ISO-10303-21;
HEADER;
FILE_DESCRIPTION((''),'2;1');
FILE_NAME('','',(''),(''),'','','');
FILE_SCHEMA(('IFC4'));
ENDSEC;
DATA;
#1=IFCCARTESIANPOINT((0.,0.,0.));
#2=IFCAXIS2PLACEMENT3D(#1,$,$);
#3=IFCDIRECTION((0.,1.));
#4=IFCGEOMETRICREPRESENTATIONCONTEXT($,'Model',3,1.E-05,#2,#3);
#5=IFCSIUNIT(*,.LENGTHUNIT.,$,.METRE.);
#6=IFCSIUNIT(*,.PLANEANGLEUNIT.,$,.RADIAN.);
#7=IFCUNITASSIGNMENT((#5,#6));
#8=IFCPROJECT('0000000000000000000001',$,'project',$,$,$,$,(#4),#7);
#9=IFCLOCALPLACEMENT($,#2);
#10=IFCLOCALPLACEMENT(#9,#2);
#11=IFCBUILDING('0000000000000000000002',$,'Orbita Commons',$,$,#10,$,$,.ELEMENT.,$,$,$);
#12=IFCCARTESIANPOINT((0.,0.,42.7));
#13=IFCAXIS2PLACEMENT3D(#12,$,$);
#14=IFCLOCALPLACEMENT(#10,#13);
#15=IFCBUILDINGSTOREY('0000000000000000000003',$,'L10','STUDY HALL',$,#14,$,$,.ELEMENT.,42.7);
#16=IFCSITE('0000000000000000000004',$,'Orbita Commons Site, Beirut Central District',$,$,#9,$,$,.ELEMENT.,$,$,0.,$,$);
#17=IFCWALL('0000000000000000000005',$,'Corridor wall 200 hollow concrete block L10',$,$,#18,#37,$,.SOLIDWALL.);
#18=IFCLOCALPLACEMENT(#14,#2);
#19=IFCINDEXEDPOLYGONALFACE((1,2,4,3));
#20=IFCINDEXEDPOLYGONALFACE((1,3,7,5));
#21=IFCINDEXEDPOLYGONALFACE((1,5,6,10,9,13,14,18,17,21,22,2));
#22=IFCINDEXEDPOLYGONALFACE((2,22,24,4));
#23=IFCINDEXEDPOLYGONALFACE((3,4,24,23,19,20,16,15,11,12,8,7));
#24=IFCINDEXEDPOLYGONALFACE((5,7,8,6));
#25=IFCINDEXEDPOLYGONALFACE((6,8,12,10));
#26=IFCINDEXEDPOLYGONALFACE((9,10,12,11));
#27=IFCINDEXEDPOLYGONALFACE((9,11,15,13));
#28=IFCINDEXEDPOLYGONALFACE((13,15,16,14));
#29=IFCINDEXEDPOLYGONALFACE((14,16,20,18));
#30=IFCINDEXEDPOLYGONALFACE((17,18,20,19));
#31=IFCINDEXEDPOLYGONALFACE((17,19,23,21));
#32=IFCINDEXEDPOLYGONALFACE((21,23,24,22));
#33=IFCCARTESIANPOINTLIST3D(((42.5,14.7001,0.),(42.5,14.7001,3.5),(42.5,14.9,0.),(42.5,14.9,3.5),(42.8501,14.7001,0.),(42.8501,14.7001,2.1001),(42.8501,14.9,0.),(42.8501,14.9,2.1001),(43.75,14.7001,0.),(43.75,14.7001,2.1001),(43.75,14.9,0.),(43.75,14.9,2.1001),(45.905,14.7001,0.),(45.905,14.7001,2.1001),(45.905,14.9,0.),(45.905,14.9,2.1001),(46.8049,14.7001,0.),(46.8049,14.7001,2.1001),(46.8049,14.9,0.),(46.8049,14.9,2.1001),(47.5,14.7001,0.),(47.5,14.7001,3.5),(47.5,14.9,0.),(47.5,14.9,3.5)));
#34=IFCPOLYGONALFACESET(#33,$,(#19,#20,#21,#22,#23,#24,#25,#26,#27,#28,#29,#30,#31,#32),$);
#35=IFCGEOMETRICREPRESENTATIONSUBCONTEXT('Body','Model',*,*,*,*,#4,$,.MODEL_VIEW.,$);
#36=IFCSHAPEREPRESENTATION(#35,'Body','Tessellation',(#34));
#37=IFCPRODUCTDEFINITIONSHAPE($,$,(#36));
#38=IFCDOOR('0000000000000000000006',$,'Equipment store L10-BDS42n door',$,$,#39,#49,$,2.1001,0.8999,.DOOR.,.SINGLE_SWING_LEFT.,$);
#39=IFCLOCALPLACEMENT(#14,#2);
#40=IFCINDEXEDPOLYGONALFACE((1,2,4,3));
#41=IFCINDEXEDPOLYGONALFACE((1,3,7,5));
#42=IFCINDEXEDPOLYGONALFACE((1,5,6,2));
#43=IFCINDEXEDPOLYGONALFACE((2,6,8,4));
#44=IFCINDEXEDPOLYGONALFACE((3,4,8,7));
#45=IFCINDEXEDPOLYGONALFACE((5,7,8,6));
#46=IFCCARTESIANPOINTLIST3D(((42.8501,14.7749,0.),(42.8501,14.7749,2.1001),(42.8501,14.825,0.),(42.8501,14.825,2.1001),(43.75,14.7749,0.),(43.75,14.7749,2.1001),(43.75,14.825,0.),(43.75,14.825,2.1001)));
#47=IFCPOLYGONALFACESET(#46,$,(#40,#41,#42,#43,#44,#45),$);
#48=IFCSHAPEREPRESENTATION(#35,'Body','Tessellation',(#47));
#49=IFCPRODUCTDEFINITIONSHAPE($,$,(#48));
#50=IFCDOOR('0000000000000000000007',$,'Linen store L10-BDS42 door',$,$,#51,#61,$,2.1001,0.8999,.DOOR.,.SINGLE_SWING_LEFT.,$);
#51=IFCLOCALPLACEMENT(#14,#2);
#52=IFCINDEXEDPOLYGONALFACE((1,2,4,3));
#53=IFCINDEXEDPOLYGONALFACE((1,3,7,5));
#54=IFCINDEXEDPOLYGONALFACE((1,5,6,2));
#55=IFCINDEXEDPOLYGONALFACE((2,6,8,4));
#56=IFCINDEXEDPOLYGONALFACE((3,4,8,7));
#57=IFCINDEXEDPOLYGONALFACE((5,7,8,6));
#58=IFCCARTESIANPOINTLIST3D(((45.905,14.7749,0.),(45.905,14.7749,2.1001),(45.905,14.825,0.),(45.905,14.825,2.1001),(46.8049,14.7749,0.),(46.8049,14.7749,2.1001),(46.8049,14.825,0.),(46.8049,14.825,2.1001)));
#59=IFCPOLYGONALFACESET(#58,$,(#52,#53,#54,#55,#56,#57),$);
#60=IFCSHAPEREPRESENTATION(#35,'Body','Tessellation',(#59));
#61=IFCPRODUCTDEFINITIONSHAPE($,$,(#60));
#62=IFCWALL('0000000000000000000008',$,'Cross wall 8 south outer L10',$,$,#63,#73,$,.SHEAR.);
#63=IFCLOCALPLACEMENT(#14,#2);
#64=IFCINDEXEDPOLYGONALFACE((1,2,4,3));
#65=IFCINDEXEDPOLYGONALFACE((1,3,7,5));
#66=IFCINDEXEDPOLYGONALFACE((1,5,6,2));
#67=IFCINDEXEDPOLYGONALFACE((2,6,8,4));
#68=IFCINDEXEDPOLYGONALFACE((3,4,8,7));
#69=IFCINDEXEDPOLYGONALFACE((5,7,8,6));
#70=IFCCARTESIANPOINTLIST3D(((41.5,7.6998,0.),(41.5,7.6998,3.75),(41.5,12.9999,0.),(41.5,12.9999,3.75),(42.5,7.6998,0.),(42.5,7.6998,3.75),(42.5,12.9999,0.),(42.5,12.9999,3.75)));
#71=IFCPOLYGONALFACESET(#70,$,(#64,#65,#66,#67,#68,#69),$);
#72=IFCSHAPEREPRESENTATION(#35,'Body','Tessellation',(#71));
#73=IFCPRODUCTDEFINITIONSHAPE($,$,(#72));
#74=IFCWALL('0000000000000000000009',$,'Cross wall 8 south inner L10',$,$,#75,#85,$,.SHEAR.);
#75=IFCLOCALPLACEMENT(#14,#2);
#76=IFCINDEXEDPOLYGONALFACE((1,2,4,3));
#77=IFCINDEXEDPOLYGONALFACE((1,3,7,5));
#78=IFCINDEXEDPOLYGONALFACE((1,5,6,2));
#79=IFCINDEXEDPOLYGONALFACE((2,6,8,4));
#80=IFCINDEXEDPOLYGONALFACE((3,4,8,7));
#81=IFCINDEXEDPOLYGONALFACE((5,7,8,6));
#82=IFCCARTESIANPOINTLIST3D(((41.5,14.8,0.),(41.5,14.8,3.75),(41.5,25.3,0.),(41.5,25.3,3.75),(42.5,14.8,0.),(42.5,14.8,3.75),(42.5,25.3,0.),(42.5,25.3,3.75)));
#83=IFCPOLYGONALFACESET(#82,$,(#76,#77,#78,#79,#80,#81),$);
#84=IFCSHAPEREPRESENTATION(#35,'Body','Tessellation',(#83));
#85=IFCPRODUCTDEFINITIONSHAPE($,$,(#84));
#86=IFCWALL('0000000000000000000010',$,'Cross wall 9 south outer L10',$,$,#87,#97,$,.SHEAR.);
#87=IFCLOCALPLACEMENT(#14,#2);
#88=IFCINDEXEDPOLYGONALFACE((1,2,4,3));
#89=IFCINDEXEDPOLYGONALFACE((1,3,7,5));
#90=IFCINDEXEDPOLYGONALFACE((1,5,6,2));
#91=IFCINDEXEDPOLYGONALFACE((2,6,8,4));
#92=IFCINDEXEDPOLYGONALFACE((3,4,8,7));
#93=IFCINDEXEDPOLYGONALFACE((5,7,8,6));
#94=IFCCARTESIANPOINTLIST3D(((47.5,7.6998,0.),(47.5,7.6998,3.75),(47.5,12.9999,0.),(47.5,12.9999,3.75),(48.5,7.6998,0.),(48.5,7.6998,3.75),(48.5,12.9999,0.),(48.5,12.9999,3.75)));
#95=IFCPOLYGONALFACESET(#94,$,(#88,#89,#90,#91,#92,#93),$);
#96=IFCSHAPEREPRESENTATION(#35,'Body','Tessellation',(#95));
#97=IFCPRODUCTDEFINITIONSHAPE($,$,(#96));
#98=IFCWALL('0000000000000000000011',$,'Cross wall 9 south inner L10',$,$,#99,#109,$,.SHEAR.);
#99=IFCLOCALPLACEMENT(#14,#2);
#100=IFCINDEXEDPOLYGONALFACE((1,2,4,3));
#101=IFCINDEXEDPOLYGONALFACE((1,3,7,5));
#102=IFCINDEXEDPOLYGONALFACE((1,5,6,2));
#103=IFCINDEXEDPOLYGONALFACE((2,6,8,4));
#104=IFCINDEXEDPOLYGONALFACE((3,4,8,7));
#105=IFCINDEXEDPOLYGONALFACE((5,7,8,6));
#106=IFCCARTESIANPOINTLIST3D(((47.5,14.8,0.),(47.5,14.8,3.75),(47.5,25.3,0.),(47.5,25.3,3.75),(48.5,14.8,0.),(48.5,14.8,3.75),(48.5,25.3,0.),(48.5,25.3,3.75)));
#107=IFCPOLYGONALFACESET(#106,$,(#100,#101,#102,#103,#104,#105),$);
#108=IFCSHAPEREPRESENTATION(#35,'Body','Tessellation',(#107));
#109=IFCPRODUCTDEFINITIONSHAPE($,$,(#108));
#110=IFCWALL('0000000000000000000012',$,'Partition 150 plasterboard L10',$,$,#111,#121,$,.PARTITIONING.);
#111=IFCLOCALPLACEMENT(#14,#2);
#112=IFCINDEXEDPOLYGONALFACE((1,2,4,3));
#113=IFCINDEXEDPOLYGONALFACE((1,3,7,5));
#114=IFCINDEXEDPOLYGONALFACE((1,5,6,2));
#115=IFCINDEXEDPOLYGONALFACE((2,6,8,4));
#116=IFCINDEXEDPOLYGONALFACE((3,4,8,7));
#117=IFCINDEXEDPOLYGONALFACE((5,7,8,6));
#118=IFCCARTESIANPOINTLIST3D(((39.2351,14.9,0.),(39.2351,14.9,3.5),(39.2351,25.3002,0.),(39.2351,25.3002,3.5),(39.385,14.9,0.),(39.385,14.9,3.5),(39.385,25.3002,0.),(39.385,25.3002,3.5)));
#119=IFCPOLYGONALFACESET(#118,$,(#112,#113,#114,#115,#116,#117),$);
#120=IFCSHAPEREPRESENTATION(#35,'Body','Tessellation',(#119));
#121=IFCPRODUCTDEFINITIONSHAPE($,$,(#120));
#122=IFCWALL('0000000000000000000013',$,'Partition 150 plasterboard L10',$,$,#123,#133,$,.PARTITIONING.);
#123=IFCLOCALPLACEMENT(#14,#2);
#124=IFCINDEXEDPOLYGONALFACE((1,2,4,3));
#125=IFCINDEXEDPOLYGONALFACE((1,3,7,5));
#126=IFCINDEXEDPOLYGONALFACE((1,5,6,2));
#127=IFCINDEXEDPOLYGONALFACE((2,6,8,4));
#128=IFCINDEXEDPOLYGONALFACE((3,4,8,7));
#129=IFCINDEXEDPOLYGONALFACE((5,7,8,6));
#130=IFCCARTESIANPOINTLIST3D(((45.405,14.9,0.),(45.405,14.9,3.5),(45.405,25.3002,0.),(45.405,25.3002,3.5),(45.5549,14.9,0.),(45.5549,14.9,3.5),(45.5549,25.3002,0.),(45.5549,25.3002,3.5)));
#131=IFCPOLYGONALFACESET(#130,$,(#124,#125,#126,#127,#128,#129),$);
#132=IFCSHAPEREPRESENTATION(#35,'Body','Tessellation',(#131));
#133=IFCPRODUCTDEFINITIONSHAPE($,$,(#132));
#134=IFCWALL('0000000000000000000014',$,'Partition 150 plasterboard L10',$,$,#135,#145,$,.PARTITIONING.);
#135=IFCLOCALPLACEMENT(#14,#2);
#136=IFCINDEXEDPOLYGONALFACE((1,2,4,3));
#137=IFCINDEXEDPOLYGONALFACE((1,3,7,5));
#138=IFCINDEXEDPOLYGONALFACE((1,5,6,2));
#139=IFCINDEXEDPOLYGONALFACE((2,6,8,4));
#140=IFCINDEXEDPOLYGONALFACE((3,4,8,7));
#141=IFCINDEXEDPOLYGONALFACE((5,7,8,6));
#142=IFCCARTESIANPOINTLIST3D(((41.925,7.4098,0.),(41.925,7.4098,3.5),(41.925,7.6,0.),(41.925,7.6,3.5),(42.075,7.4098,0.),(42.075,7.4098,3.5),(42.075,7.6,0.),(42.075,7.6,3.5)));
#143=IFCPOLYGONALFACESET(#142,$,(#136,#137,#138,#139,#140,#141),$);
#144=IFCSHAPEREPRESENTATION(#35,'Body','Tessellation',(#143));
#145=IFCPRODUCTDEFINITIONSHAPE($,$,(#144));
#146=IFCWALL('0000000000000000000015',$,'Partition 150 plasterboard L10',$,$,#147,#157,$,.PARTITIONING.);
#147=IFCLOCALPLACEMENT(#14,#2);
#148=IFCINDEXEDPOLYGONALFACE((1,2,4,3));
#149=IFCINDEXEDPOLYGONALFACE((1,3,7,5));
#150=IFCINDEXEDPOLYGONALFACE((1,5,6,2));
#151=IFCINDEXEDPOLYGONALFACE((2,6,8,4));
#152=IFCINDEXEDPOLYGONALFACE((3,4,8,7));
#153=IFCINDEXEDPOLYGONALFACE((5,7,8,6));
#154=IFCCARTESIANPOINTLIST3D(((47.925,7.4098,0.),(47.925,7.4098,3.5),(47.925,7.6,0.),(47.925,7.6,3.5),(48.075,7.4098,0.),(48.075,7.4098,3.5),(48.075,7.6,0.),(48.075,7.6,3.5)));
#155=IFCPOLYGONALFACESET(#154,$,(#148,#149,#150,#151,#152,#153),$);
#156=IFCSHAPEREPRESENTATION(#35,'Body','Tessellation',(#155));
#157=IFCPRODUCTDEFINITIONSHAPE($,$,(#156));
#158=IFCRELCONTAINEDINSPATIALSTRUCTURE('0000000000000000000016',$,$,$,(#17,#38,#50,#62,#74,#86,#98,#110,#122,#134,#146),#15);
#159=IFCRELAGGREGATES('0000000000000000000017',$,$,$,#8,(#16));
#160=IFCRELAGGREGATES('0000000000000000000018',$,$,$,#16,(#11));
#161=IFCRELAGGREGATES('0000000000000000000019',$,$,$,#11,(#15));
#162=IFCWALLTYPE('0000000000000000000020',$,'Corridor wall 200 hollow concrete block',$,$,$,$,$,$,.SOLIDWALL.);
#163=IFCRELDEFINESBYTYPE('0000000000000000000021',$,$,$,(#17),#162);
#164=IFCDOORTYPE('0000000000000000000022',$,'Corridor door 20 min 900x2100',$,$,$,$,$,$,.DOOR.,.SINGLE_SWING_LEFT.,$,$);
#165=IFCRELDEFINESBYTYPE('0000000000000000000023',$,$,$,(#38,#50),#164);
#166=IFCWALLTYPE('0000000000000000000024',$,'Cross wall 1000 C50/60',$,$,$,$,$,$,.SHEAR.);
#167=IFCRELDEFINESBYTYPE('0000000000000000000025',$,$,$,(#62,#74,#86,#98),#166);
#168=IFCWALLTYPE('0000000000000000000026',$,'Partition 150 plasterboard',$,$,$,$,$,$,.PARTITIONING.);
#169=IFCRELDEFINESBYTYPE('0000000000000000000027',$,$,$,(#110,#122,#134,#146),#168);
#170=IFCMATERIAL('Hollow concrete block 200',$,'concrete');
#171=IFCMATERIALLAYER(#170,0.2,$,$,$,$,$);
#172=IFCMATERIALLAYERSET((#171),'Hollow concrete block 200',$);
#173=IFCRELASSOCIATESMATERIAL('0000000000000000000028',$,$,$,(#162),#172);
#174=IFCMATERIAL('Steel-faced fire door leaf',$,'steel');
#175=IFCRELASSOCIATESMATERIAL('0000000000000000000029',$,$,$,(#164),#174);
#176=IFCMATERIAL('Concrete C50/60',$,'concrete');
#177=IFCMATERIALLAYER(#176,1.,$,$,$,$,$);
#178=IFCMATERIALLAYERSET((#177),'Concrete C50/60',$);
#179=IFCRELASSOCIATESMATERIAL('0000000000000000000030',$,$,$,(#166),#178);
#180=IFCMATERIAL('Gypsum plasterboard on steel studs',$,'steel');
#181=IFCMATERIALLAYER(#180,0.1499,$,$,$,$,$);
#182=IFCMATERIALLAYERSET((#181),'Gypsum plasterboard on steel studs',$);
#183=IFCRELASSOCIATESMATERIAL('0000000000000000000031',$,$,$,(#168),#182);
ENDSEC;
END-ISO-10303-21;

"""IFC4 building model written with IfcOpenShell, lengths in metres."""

from ifc_helpers import new_model, si_unit, direction, frame, frame_2d, origin, place, context, subcontext, project, spatial, rectangle, extrude, material, layer, layer_set, type_object, element, fill, save


model = new_model("IFC4")

# Units and contexts
model_context = context("Model", 3, precision=1e-05, world=origin(), true_north=direction((0.0, 1.0)))
body_context = subcontext(model_context, "Body", "Model", "MODEL_VIEW")
ifc_project = project(units=[si_unit("LENGTHUNIT", "METRE"), si_unit("PLANEANGLEUNIT", "RADIAN")], contexts=[model_context])

# Site, building, storey
site_placement = place(None, origin())
site = spatial("IfcSite", under=ifc_project, at=site_placement, Name="Orbita Commons Site, Beirut Central District", CompositionType="ELEMENT", RefElevation=0.0)
building_placement = place(site_placement, origin())
building = spatial("IfcBuilding", under=site, at=building_placement, Name="Orbita Commons", CompositionType="ELEMENT")
storey_placement = place(building_placement, frame((0.0, 0.0, 42.7)))
storey = spatial("IfcBuildingStorey", under=building, at=storey_placement, Name="L10", Description="STUDY HALL", CompositionType="ELEMENT", Elevation=42.7)

# Wall, openings, doors
ifc_material_1 = material(Name="Hollow concrete block 200", Category="concrete")
ifc_layer_1 = layer(ifc_material_1, 0.2)
ifc_layer_set_1 = layer_set([ifc_layer_1], Name="Hollow concrete block 200")
wall_type_1 = type_object("IfcWallType", Name="Corridor wall 200 hollow concrete block", PredefinedType="SOLIDWALL", material=ifc_layer_set_1)
wall_1_placement = place(storey_placement, frame((42.5, 14.8, 0.0), z_axis=(0.0, 0.0, 1.0), x_axis=(1.0, 0.0, 0.0)))
wall_1 = element("IfcWall", 1, at=wall_1_placement, inside=storey, type_object=wall_type_1, Name="Corridor wall 200 hollow concrete block L10", PredefinedType="SOLIDWALL", context=body_context, shape_type="SweptSolid", body=[
    extrude(rectangle(XDim=5.0, YDim=0.2, at=frame_2d((2.5, 0.0))), origin(), (0.0, 0.0, 1.0), 3.5),
])
opening_1_placement = place(wall_1_placement, frame((0.3501, 0.0, 0.0)))
opening_1 = element("IfcOpeningElement", 2, at=opening_1_placement, cuts=wall_1, PredefinedType="OPENING", context=body_context, shape_type="SweptSolid", body=[
    extrude(rectangle(XDim=0.8999, YDim=2.1001, at=frame_2d((0.45, 1.05))), frame((0.0, 0.1099, 0.0), z_axis=(0.0, -1.0, 0.0), x_axis=(1.0, 0.0, 0.0)), (0.0, 0.0, 1.0), 0.22),
])
opening_2_placement = place(wall_1_placement, frame((3.405, 0.0, 0.0)))
opening_2 = element("IfcOpeningElement", 3, at=opening_2_placement, cuts=wall_1, PredefinedType="OPENING", context=body_context, shape_type="SweptSolid", body=[
    extrude(rectangle(XDim=0.8999, YDim=2.1001, at=frame_2d((0.45, 1.05))), frame((0.0, 0.1099, 0.0), z_axis=(0.0, -1.0, 0.0), x_axis=(1.0, 0.0, 0.0)), (0.0, 0.0, 1.0), 0.22),
])
ifc_material_2 = material(Name="Steel-faced fire door leaf", Category="steel")
door_type_1 = type_object("IfcDoorType", Name="Corridor door 20 min 900x2100", OperationType="SINGLE_SWING_LEFT", PredefinedType="DOOR", material=ifc_material_2)
door_1_placement = place(opening_1_placement, origin())
door_1 = element("IfcDoor", 4, at=door_1_placement, inside=storey, type_object=door_type_1, Name="Equipment store L10-BDS42n door", OperationType="SINGLE_SWING_LEFT", OverallHeight=2.1001, OverallWidth=0.8999, PredefinedType="DOOR", context=body_context, shape_type="SweptSolid", body=[
    extrude(rectangle(XDim=0.8999, YDim=2.1001, at=frame_2d((0.45, 1.05))), frame((0.0, 0.0249, 0.0), z_axis=(0.0, -1.0, 0.0), x_axis=(1.0, 0.0, 0.0)), (0.0, 0.0, 1.0), 0.05),
])
fill(opening_1, door_1)
door_2_placement = place(opening_2_placement, origin())
door_2 = element("IfcDoor", 5, at=door_2_placement, inside=storey, type_object=door_type_1, Name="Linen store L10-BDS42 door", OperationType="SINGLE_SWING_LEFT", OverallHeight=2.1001, OverallWidth=0.8999, PredefinedType="DOOR", context=body_context, shape_type="SweptSolid", body=[
    extrude(rectangle(XDim=0.8999, YDim=2.1001, at=frame_2d((0.45, 1.05))), frame((0.0, 0.0249, 0.0), z_axis=(0.0, -1.0, 0.0), x_axis=(1.0, 0.0, 0.0)), (0.0, 0.0, 1.0), 0.05),
])
fill(opening_2, door_2)

# Walls
ifc_material_3 = material(Name="Concrete C50/60", Category="concrete")
ifc_layer_2 = layer(ifc_material_3, 1.0)
ifc_layer_set_2 = layer_set([ifc_layer_2], Name="Concrete C50/60")
wall_type_2 = type_object("IfcWallType", Name="Cross wall 1000 C50/60", PredefinedType="SHEAR", material=ifc_layer_set_2)
wall_2_placement = place(storey_placement, frame((42.0, 7.7, 0.0), z_axis=(0.0, 0.0, 1.0), x_axis=(0.0, 1.0, 0.0)))
element("IfcWall", 6, at=wall_2_placement, inside=storey, type_object=wall_type_2, Name="Cross wall 8 south outer L10", PredefinedType="SHEAR", context=body_context, shape_type="SweptSolid", body=[
    extrude(rectangle(XDim=5.3, YDim=1.0, at=frame_2d((2.6499, 0.0))), origin(), (0.0, 0.0, 1.0), 3.75),
])
wall_3_placement = place(storey_placement, frame((42.0, 14.8, 0.0), z_axis=(0.0, 0.0, 1.0), x_axis=(0.0, 1.0, 0.0)))
element("IfcWall", 7, at=wall_3_placement, inside=storey, type_object=wall_type_2, Name="Cross wall 8 south inner L10", PredefinedType="SHEAR", context=body_context, shape_type="SweptSolid", body=[
    extrude(rectangle(XDim=10.5, YDim=1.0, at=frame_2d((5.25, 0.0))), origin(), (0.0, 0.0, 1.0), 3.75),
])
wall_4_placement = place(storey_placement, frame((48.0, 7.7, 0.0), z_axis=(0.0, 0.0, 1.0), x_axis=(0.0, 1.0, 0.0)))
element("IfcWall", 8, at=wall_4_placement, inside=storey, type_object=wall_type_2, Name="Cross wall 9 south outer L10", PredefinedType="SHEAR", context=body_context, shape_type="SweptSolid", body=[
    extrude(rectangle(XDim=5.3, YDim=1.0, at=frame_2d((2.6499, 0.0))), origin(), (0.0, 0.0, 1.0), 3.75),
])
wall_5_placement = place(storey_placement, frame((48.0, 14.8, 0.0), z_axis=(0.0, 0.0, 1.0), x_axis=(0.0, 1.0, 0.0)))
element("IfcWall", 9, at=wall_5_placement, inside=storey, type_object=wall_type_2, Name="Cross wall 9 south inner L10", PredefinedType="SHEAR", context=body_context, shape_type="SweptSolid", body=[
    extrude(rectangle(XDim=10.5, YDim=1.0, at=frame_2d((5.25, 0.0))), origin(), (0.0, 0.0, 1.0), 3.75),
])
ifc_material_4 = material(Name="Gypsum plasterboard on steel studs", Category="steel")
ifc_layer_3 = layer(ifc_material_4, 0.1499)
ifc_layer_set_3 = layer_set([ifc_layer_3], Name="Gypsum plasterboard on steel studs")
wall_type_3 = type_object("IfcWallType", Name="Partition 150 plasterboard", PredefinedType="PARTITIONING", material=ifc_layer_set_3)
for number, where, z_axis, x_axis, name in (
    (10, (39.3101, 14.8999, 0.0), (0.0, 0.0, 1.0), (0.0, 1.0, 0.0), "Partition 150 plasterboard L10"),
    (11, (45.48, 14.8999, 0.0), (0.0, 0.0, 1.0), (0.0, 1.0, 0.0), "Partition 150 plasterboard L10"),
):
    element("IfcWall", number, at=place(storey_placement, frame(where, z_axis=z_axis, x_axis=x_axis)), inside=storey, type_object=wall_type_3, Name=name, PredefinedType="PARTITIONING", context=body_context, shape_type="SweptSolid", body=[
        extrude(rectangle(XDim=10.4001, YDim=0.1499, at=frame_2d((5.2002, 0.0))), origin(), (0.0, 0.0, 1.0), 3.5),
    ])
for number, where, z_axis, x_axis, name in (
    (12, (42.0, 7.6001, 0.0), (0.0, 0.0, 1.0), (0.0, -1.0, 0.0), "Partition 150 plasterboard L10"),
    (13, (48.0, 7.6001, 0.0), (0.0, 0.0, 1.0), (0.0, -1.0, 0.0), "Partition 150 plasterboard L10"),
):
    element("IfcWall", number, at=place(storey_placement, frame(where, z_axis=z_axis, x_axis=x_axis)), inside=storey, type_object=wall_type_3, Name=name, PredefinedType="PARTITIONING", context=body_context, shape_type="SweptSolid", body=[
        extrude(rectangle(XDim=0.1902, YDim=0.1499, at=frame_2d((0.0952, 0.0))), origin(), (0.0, 0.0, 1.0), 3.5),
    ])

save(model, "model.ifc")
